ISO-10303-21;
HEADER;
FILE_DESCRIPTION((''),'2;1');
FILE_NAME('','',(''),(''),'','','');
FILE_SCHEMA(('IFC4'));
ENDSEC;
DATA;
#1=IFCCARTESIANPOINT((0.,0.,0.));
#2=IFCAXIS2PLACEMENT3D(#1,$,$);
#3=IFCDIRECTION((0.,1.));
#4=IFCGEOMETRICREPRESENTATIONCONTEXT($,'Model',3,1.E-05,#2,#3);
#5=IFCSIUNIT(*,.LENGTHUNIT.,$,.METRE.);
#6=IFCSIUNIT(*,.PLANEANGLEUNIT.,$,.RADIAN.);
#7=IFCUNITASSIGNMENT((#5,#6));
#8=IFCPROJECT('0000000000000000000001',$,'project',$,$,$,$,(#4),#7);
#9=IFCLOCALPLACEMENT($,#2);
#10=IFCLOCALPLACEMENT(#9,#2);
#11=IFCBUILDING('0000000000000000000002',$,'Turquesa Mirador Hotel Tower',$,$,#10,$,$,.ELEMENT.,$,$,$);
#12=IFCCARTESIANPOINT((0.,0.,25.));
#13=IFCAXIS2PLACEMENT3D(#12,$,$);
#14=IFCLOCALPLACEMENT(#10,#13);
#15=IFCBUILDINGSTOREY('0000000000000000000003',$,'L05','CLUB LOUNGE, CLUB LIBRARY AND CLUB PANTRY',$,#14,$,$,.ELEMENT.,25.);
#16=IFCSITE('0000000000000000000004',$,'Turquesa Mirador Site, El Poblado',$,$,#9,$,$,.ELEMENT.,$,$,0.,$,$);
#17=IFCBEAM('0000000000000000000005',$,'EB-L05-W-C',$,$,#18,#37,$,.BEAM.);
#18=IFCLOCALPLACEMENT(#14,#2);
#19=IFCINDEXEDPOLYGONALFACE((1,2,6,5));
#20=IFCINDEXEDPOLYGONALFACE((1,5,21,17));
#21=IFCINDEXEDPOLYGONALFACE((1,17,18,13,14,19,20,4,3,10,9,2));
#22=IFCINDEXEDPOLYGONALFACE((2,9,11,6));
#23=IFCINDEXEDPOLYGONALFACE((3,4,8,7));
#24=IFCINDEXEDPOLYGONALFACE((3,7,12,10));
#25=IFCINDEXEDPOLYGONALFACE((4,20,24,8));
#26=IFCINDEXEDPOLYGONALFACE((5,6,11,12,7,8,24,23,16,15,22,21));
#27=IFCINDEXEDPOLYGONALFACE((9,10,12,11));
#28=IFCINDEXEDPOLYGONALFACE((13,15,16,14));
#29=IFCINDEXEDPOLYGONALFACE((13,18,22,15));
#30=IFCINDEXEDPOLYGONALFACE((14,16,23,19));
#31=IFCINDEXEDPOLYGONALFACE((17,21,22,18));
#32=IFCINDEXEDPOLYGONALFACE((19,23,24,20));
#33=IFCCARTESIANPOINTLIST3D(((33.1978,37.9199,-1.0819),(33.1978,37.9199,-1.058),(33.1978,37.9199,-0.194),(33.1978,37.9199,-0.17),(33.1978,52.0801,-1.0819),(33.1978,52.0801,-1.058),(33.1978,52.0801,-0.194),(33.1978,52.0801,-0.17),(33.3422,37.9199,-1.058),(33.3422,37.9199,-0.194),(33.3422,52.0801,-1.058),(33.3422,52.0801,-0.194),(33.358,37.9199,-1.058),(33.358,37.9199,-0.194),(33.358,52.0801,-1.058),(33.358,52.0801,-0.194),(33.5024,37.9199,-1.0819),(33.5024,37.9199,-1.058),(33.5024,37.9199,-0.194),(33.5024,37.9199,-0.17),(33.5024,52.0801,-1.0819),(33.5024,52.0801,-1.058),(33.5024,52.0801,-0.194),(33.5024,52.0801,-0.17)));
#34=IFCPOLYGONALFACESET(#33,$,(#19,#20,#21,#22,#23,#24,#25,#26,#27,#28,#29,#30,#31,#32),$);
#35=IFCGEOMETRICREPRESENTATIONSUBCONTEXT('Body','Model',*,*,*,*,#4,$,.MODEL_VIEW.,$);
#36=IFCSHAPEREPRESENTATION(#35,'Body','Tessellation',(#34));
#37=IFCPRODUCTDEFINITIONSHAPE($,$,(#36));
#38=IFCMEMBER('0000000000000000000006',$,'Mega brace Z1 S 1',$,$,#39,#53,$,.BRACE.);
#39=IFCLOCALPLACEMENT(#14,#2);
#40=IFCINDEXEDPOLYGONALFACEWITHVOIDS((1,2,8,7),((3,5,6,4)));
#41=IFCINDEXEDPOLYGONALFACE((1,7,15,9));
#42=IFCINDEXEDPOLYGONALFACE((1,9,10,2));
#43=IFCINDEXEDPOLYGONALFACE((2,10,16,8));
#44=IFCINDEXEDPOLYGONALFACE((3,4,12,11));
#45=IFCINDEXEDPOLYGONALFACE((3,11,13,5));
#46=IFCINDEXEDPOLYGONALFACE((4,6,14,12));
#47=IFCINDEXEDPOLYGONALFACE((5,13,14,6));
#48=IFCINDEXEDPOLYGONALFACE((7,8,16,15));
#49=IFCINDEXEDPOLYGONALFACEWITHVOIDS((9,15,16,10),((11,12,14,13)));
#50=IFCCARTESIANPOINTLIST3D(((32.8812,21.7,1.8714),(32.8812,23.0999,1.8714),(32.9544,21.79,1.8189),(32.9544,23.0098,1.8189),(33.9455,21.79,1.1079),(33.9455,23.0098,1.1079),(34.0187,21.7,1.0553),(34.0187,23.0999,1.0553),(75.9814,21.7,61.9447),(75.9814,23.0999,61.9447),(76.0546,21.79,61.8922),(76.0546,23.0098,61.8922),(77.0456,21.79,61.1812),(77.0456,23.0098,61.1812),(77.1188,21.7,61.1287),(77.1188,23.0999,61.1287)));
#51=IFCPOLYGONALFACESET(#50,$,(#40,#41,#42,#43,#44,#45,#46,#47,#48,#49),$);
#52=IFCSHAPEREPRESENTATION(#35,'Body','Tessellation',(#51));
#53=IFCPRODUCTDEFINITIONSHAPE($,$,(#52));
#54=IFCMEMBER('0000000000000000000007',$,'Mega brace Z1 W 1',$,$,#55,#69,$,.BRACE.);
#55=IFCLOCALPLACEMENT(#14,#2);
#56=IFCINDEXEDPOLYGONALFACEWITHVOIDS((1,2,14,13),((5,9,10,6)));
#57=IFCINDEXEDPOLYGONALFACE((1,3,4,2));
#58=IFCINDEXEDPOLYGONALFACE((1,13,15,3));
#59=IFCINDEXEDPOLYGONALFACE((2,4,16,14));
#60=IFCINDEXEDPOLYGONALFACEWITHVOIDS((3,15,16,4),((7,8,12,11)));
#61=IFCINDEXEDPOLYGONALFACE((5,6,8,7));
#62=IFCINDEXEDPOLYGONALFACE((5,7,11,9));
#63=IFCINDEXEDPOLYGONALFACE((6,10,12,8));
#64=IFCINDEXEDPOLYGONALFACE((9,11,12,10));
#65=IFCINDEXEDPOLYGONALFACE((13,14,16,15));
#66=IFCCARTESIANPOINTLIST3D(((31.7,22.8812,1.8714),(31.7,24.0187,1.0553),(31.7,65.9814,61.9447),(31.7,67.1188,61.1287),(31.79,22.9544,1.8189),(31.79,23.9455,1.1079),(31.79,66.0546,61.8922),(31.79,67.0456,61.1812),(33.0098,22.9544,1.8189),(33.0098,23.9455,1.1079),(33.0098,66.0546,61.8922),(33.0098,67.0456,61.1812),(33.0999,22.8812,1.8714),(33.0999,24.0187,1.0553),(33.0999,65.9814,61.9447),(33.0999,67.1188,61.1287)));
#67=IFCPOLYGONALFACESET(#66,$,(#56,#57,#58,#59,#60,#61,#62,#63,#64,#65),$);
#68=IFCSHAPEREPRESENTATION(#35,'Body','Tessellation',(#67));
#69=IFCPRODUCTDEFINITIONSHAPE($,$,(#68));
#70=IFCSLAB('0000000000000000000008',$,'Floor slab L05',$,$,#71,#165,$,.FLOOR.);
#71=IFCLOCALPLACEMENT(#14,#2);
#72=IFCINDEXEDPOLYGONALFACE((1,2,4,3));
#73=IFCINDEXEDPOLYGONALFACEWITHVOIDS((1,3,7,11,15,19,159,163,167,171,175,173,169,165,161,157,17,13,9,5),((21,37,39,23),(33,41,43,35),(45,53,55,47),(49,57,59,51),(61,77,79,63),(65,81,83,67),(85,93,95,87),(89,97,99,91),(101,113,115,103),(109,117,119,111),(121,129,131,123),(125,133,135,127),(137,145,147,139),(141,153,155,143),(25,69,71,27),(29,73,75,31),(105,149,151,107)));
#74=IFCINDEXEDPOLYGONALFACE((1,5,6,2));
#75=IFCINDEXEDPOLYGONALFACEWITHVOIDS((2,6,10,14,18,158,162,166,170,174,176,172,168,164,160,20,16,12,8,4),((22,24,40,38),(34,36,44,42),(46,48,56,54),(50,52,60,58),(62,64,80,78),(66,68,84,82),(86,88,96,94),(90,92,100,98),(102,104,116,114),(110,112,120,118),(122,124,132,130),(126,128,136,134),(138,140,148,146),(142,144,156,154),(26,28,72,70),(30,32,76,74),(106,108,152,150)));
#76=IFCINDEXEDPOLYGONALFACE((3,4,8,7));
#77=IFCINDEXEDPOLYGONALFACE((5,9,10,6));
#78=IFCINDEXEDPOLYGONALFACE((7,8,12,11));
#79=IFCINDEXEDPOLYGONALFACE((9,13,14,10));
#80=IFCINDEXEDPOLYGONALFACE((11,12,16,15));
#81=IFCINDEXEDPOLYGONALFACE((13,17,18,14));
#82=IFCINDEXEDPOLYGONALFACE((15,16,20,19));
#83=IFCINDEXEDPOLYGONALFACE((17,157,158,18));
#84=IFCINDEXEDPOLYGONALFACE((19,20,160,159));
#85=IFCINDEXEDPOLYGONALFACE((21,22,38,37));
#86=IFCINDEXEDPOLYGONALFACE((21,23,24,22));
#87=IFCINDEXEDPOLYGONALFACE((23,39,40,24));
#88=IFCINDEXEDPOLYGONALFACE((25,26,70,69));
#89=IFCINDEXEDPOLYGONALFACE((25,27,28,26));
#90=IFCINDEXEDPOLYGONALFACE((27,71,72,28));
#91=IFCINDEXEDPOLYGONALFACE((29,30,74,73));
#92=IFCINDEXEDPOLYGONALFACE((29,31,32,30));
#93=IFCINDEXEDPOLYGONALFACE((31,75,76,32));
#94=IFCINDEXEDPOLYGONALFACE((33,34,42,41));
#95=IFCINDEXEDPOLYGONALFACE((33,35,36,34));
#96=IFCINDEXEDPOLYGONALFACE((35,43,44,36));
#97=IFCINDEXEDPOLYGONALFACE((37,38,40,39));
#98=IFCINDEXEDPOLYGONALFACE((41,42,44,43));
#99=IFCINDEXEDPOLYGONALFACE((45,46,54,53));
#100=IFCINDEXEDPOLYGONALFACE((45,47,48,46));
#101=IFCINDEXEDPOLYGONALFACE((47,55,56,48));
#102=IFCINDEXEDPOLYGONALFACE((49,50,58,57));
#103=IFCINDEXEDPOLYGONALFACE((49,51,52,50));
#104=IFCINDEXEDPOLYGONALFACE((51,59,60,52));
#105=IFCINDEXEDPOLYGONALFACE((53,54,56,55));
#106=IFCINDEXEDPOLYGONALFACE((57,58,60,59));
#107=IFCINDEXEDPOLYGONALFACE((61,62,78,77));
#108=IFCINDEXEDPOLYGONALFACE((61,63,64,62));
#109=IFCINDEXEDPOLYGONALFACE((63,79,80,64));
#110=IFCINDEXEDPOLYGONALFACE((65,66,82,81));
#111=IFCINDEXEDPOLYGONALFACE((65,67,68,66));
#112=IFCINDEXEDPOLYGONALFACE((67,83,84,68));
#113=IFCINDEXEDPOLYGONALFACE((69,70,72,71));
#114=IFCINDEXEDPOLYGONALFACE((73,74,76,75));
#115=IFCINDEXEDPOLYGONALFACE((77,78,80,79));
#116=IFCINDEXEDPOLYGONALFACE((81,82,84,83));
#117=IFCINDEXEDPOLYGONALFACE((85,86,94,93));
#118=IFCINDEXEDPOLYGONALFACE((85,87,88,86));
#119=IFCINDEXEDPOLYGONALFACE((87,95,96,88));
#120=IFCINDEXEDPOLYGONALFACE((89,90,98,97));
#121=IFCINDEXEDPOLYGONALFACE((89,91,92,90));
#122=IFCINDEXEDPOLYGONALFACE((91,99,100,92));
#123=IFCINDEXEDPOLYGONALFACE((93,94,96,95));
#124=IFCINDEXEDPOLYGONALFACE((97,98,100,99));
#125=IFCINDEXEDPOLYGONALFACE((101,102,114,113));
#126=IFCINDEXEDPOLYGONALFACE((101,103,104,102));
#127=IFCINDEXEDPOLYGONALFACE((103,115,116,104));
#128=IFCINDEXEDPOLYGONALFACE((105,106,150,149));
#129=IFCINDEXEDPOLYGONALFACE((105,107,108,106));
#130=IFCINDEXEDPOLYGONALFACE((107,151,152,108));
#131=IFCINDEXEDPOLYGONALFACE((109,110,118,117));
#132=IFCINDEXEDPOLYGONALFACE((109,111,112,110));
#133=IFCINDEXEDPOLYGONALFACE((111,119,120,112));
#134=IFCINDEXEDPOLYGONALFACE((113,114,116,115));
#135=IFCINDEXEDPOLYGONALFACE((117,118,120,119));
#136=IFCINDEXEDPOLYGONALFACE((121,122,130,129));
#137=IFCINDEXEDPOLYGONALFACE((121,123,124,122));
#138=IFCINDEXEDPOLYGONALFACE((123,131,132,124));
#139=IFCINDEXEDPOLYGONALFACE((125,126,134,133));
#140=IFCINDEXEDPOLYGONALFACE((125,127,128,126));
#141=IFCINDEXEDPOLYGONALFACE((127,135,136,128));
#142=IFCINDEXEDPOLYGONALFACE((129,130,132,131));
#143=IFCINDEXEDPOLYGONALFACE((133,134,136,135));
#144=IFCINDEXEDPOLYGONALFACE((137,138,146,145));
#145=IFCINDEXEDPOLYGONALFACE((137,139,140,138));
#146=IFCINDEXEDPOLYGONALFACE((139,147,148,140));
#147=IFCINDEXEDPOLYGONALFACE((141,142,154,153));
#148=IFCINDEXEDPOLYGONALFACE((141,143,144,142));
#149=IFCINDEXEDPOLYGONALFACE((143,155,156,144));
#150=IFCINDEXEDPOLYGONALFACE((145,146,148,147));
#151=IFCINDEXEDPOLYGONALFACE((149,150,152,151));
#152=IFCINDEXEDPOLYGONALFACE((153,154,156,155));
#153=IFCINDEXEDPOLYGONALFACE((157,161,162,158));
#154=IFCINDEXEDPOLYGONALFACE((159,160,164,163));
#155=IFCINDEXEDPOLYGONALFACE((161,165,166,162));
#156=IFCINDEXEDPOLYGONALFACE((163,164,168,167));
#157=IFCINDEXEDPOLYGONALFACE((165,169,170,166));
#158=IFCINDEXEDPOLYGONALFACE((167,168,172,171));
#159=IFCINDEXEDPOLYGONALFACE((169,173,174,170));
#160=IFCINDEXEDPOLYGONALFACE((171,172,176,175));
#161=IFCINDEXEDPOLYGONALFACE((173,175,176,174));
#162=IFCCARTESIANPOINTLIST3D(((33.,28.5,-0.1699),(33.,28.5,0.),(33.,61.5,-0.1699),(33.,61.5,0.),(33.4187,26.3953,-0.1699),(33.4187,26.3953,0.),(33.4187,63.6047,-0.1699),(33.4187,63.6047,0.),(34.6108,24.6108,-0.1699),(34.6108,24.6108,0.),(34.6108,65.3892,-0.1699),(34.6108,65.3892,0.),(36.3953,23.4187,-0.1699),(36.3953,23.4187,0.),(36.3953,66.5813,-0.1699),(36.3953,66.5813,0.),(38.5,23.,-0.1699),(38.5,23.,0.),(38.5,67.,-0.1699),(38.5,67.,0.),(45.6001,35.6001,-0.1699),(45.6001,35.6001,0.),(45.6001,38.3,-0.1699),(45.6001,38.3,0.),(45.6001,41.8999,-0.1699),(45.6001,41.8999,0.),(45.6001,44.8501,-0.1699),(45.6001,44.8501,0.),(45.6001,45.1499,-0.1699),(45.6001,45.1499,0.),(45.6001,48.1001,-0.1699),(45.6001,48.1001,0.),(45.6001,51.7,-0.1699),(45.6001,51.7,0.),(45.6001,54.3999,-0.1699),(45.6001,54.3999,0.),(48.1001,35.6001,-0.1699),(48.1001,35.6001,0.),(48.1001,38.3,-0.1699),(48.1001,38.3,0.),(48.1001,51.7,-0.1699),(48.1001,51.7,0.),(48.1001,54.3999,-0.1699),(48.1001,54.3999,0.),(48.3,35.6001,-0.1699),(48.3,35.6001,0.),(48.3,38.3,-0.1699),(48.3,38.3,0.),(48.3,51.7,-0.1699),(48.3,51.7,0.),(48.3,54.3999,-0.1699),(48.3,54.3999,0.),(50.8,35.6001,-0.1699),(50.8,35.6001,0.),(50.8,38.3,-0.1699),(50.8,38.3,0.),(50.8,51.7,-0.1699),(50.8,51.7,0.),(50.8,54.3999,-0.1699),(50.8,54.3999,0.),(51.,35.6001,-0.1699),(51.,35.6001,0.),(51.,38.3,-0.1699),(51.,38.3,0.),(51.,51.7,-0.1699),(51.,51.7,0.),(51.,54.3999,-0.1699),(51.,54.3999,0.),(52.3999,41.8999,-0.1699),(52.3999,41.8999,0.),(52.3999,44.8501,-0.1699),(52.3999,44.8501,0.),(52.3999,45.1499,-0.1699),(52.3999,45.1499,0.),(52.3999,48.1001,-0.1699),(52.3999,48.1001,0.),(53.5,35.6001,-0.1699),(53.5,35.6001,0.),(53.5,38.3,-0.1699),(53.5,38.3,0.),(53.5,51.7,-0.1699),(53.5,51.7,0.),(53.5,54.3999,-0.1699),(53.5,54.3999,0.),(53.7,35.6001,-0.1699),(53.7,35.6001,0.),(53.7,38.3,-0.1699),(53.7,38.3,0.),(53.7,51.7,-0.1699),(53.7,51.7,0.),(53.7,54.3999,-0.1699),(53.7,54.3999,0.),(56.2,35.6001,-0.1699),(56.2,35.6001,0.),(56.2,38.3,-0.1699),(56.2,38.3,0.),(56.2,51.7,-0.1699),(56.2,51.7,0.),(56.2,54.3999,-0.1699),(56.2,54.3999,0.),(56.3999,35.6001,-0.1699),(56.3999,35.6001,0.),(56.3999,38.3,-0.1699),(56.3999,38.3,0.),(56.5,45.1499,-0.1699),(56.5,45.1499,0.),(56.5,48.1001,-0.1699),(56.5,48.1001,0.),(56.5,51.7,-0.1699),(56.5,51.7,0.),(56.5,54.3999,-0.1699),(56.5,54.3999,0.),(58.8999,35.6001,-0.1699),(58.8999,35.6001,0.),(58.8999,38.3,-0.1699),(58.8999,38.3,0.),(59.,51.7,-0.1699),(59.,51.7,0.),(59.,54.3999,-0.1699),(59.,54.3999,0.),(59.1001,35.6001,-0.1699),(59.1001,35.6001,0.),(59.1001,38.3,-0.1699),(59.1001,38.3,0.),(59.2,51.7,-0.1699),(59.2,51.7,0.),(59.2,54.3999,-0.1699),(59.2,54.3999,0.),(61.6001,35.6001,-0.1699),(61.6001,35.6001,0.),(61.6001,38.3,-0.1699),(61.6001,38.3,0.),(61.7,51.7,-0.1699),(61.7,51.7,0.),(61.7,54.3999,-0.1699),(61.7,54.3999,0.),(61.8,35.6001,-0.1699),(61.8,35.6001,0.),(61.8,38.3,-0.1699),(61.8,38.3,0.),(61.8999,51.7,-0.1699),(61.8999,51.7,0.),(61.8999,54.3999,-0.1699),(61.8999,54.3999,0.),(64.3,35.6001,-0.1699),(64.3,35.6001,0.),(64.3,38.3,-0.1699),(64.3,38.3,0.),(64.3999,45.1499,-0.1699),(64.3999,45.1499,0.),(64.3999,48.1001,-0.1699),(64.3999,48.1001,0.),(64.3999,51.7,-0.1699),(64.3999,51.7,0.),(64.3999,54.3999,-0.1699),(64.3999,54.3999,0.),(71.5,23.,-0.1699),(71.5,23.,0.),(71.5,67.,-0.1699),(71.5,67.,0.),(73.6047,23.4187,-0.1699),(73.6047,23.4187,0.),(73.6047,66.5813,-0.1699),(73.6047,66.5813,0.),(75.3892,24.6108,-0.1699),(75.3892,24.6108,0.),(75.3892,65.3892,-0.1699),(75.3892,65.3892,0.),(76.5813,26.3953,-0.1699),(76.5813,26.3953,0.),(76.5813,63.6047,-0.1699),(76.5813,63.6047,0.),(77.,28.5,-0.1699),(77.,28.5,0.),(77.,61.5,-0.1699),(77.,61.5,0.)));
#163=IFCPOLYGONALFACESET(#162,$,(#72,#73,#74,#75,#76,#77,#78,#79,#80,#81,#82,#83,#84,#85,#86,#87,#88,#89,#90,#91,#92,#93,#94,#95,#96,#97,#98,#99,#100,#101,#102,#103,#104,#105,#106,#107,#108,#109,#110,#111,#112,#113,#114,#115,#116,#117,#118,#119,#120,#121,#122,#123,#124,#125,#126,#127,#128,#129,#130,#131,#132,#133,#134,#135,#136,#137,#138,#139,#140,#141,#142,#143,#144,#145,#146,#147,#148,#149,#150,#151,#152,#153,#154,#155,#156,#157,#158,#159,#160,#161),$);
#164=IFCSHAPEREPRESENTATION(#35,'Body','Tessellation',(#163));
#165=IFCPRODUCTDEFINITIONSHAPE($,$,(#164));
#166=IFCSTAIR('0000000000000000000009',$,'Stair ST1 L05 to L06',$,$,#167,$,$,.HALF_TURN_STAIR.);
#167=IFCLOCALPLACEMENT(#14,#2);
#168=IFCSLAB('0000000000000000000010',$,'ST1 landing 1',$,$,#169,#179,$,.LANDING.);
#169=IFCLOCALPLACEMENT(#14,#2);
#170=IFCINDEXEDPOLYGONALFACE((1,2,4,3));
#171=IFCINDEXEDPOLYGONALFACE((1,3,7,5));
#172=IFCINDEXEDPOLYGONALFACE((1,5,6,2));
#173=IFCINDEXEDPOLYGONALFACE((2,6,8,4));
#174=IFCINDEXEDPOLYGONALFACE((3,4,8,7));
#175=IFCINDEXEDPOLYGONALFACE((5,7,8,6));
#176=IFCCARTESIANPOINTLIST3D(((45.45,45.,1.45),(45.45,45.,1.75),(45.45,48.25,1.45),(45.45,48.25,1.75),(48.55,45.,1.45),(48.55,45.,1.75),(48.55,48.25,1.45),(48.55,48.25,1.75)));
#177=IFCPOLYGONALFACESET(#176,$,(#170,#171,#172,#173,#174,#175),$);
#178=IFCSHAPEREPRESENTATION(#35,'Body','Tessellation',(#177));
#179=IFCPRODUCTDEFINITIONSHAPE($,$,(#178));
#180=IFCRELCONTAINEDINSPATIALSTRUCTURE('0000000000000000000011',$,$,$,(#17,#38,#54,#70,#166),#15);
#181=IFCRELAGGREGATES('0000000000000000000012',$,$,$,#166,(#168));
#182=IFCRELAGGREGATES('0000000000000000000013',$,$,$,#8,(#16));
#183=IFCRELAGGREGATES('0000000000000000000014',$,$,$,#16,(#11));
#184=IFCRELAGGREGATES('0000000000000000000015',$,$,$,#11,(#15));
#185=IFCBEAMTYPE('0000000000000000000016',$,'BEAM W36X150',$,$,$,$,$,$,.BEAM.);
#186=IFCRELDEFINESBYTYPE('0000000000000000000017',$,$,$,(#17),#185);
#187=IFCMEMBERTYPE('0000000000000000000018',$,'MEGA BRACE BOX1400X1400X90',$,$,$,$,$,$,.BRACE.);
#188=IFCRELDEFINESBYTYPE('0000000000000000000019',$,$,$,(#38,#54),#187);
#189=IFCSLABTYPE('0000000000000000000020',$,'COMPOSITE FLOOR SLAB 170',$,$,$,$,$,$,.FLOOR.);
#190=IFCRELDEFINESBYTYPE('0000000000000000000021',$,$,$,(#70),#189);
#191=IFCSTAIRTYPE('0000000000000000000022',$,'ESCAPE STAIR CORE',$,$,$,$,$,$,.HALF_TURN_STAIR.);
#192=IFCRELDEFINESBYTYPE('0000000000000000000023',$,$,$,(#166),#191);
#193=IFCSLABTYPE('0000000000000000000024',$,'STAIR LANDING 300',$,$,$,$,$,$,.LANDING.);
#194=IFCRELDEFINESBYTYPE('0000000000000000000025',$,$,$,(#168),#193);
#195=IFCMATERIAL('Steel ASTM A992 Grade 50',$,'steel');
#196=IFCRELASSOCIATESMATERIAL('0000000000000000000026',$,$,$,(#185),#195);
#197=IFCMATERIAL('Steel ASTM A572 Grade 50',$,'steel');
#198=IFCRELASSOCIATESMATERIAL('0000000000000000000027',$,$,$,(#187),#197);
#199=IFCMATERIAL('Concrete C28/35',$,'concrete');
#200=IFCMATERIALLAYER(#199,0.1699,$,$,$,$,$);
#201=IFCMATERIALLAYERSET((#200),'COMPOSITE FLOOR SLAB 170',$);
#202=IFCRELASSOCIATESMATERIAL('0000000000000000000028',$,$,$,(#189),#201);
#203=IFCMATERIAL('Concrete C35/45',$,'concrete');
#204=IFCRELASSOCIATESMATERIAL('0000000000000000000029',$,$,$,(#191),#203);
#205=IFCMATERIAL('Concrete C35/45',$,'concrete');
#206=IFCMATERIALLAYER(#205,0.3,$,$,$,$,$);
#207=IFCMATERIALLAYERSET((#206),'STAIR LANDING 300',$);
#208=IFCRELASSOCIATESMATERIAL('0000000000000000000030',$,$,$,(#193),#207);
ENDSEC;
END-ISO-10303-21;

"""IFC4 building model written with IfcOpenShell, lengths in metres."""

from ifc_helpers import new_model, si_unit, direction, frame, origin, origin_2d, place, context, subcontext, project, spatial, polyline, hollow_rectangle, i_section, outline, extrude, material, layer, layer_set, material_profile, profile_set, type_object, element, aggregate, save


model = new_model("IFC4")

# Units and contexts
model_context = context("Model", 3, precision=1e-05, world=origin(), true_north=direction((0.0, 1.0)))
body_context = subcontext(model_context, "Body", "Model", "MODEL_VIEW")
ifc_project = project(units=[si_unit("LENGTHUNIT", "METRE"), si_unit("PLANEANGLEUNIT", "RADIAN")], contexts=[model_context])

# Site, building, storey
site_placement = place(None, origin())
site = spatial("IfcSite", under=ifc_project, at=site_placement, Name="Turquesa Mirador Site, El Poblado", CompositionType="ELEMENT", RefElevation=0.0)
building_placement = place(site_placement, origin())
building = spatial("IfcBuilding", under=site, at=building_placement, Name="Turquesa Mirador Hotel Tower", CompositionType="ELEMENT")
storey_placement = place(building_placement, frame((0.0, 0.0, 25.0)))
storey = spatial("IfcBuildingStorey", under=building, at=storey_placement, Name="L05", Description="CLUB LOUNGE, CLUB LIBRARY AND CLUB PANTRY", CompositionType="ELEMENT", Elevation=25.0)

# Beam
ifc_material_1 = material(Name="Steel ASTM A992 Grade 50", Category="steel")
ifc_material_profile_1 = material_profile(ifc_material_1, i_section(OverallWidth=0.3047, OverallDepth=0.9119, WebThickness=0.0159, FlangeThickness=0.0239, at=origin_2d()), Name="W36X150")
ifc_profile_set_1 = profile_set([ifc_material_profile_1], Name="Steel ASTM A992 Grade 50")
beam_type_1 = type_object("IfcBeamType", Name="BEAM W36X150", PredefinedType="BEAM", material=ifc_profile_set_1)
beam_1_placement = place(storey_placement, frame((33.3501, 37.9199, -0.626), z_axis=(0.0, 1.0, 0.0), x_axis=(-1.0, 0.0, 0.0)))
element("IfcBeam", 1, at=beam_1_placement, inside=storey, type_object=beam_type_1, Name="EB-L05-W-C", PredefinedType="BEAM", context=body_context, shape_type="SweptSolid", body=[
    extrude(i_section(OverallWidth=0.3047, OverallDepth=0.9119, WebThickness=0.0159, FlangeThickness=0.0239, at=origin_2d()), origin(), (0.0, 0.0, 1.0), 14.1602),
])

# Members
ifc_material_2 = material(Name="Steel ASTM A572 Grade 50", Category="steel")
ifc_material_profile_2 = material_profile(ifc_material_2, hollow_rectangle(XDim=1.3999, YDim=1.3999, WallThickness=0.0901, at=origin_2d()), Name="BOX1400X1400X90")
ifc_profile_set_2 = profile_set([ifc_material_profile_2], Name="Steel ASTM A572 Grade 50")
member_type = type_object("IfcMemberType", Name="MEGA BRACE BOX1400X1400X90", PredefinedType="BRACE", material=ifc_profile_set_2)
for number, where, z_axis, x_axis, name in (
    (2, (33.45, 22.3999, 1.4634), (0.582944, 0.0, 0.812512), (0.0, 1.0, 0.0), "Mega brace Z1 S 1"),
    (3, (32.3999, 23.45, 1.4634), (0.0, 0.582944, 0.812512), (-1.0, 0.0, 0.0), "Mega brace Z1 W 1"),
):
    element("IfcMember", number, at=place(storey_placement, frame(where, z_axis=z_axis, x_axis=x_axis)), inside=storey, type_object=member_type, Name=name, PredefinedType="BRACE", context=body_context, shape_type="SweptSolid", body=[
        extrude(hollow_rectangle(XDim=1.3999, YDim=1.3999, WallThickness=0.0901, at=origin_2d()), origin(), (0.0, 0.0, 1.0), 73.9353),
    ])

# Slab
ifc_material_3 = material(Name="Concrete C28/35", Category="concrete")
ifc_layer_1 = layer(ifc_material_3, 0.1699)
ifc_layer_set_1 = layer_set([ifc_layer_1], Name="COMPOSITE FLOOR SLAB 170")
slab_type_1 = type_object("IfcSlabType", Name="COMPOSITE FLOOR SLAB 170", PredefinedType="FLOOR", material=ifc_layer_set_1)
slab_1_placement = place(storey_placement, frame((0.0, 0.0, -0.1699)))
element("IfcSlab", 4, at=slab_1_placement, inside=storey, type_object=slab_type_1, Name="Floor slab L05", PredefinedType="FLOOR", context=body_context, shape_type="SweptSolid", body=[
    extrude(outline(polyline([(71.5, 23.0), (73.6047, 23.4187), (75.3892, 24.6108), (76.5813, 26.3953), (77.0, 28.5), (77.0, 61.5), (76.5813, 63.6047), (75.3892, 65.3892), (73.6047, 66.5813), (71.5, 67.0), (38.5, 67.0), (36.3953, 66.5813), (34.6108, 65.3892), (33.4187, 63.6047), (33.0, 61.5), (33.0, 28.5), (33.4187, 26.3953), (34.6108, 24.6108), (36.3953, 23.4187), (38.5, 23.0), (71.5, 23.0)]), holes=[polyline([(45.6001, 51.7), (48.1001, 51.7), (48.1001, 54.3999), (45.6001, 54.3999), (45.6001, 51.7)]), polyline([(48.3, 51.7), (50.8, 51.7), (50.8, 54.3999), (48.3, 54.3999), (48.3, 51.7)]), polyline([(51.0, 51.7), (53.5, 51.7), (53.5, 54.3999), (51.0, 54.3999), (51.0, 51.7)]), polyline([(53.7, 51.7), (56.2, 51.7), (56.2, 54.3999), (53.7, 54.3999), (53.7, 51.7)]), polyline([(56.5, 51.7), (59.0, 51.7), (59.0, 54.3999), (56.5, 54.3999), (56.5, 51.7)]), polyline([(59.2, 51.7), (61.7, 51.7), (61.7, 54.3999), (59.2, 54.3999), (59.2, 51.7)]), polyline([(45.6001, 35.6001), (48.1001, 35.6001), (48.1001, 38.3), (45.6001, 38.3), (45.6001, 35.6001)]), polyline([(48.3, 35.6001), (50.8, 35.6001), (50.8, 38.3), (48.3, 38.3), (48.3, 35.6001)]), polyline([(51.0, 35.6001), (53.5, 35.6001), (53.5, 38.3), (51.0, 38.3), (51.0, 35.6001)]), polyline([(53.7, 35.6001), (56.2, 35.6001), (56.2, 38.3), (53.7, 38.3), (53.7, 35.6001)]), polyline([(56.3999, 35.6001), (58.8999, 35.6001), (58.8999, 38.3), (56.3999, 38.3), (56.3999, 35.6001)]), polyline([(59.1001, 35.6001), (61.6001, 35.6001), (61.6001, 38.3), (59.1001, 38.3), (59.1001, 35.6001)]), polyline([(61.8, 35.6001), (64.3, 35.6001), (64.3, 38.3), (61.8, 38.3), (61.8, 35.6001)]), polyline([(45.6001, 45.1499), (52.3999, 45.1499), (52.3999, 48.1001), (45.6001, 48.1001), (45.6001, 45.1499)]), polyline([(45.6001, 41.8999), (52.3999, 41.8999), (52.3999, 44.8501), (45.6001, 44.8501), (45.6001, 41.8999)]), polyline([(56.5, 45.1499), (64.3999, 45.1499), (64.3999, 48.1001), (56.5, 48.1001), (56.5, 45.1499)]), polyline([(61.8999, 51.7), (64.3999, 51.7), (64.3999, 54.3999), (61.8999, 54.3999), (61.8999, 51.7)])]), origin(), (0.0, 0.0, 1.0), 0.1699),
])

# Stair, slab
ifc_material_4 = material(Name="Concrete C35/45", Category="concrete")
stair_type = type_object("IfcStairType", Name="ESCAPE STAIR CORE", PredefinedType="HALF_TURN_STAIR", material=ifc_material_4)
stair_1_placement = place(storey_placement, origin())
stair_1 = element("IfcStair", 5, at=stair_1_placement, inside=storey, type_object=stair_type, Name="Stair ST1 L05 to L06", PredefinedType="HALF_TURN_STAIR")
ifc_material_5 = material(Name="Concrete C35/45", Category="concrete")
ifc_layer_2 = layer(ifc_material_5, 0.3)
ifc_layer_set_2 = layer_set([ifc_layer_2], Name="STAIR LANDING 300")
slab_type_2 = type_object("IfcSlabType", Name="STAIR LANDING 300", PredefinedType="LANDING", material=ifc_layer_set_2)
slab_2_placement = place(storey_placement, frame((0.0, 0.0, 1.45)))
slab_2 = element("IfcSlab", 6, at=slab_2_placement, type_object=slab_type_2, Name="ST1 landing 1", PredefinedType="LANDING", context=body_context, shape_type="SweptSolid", body=[
    extrude(outline(polyline([(45.45, 45.0), (48.55, 45.0), (48.55, 48.25), (45.45, 48.25), (45.45, 45.0)])), origin(), (0.0, 0.0, 1.0), 0.3),
])
aggregate(stair_1, [slab_2])

save(model, "model.ifc")
